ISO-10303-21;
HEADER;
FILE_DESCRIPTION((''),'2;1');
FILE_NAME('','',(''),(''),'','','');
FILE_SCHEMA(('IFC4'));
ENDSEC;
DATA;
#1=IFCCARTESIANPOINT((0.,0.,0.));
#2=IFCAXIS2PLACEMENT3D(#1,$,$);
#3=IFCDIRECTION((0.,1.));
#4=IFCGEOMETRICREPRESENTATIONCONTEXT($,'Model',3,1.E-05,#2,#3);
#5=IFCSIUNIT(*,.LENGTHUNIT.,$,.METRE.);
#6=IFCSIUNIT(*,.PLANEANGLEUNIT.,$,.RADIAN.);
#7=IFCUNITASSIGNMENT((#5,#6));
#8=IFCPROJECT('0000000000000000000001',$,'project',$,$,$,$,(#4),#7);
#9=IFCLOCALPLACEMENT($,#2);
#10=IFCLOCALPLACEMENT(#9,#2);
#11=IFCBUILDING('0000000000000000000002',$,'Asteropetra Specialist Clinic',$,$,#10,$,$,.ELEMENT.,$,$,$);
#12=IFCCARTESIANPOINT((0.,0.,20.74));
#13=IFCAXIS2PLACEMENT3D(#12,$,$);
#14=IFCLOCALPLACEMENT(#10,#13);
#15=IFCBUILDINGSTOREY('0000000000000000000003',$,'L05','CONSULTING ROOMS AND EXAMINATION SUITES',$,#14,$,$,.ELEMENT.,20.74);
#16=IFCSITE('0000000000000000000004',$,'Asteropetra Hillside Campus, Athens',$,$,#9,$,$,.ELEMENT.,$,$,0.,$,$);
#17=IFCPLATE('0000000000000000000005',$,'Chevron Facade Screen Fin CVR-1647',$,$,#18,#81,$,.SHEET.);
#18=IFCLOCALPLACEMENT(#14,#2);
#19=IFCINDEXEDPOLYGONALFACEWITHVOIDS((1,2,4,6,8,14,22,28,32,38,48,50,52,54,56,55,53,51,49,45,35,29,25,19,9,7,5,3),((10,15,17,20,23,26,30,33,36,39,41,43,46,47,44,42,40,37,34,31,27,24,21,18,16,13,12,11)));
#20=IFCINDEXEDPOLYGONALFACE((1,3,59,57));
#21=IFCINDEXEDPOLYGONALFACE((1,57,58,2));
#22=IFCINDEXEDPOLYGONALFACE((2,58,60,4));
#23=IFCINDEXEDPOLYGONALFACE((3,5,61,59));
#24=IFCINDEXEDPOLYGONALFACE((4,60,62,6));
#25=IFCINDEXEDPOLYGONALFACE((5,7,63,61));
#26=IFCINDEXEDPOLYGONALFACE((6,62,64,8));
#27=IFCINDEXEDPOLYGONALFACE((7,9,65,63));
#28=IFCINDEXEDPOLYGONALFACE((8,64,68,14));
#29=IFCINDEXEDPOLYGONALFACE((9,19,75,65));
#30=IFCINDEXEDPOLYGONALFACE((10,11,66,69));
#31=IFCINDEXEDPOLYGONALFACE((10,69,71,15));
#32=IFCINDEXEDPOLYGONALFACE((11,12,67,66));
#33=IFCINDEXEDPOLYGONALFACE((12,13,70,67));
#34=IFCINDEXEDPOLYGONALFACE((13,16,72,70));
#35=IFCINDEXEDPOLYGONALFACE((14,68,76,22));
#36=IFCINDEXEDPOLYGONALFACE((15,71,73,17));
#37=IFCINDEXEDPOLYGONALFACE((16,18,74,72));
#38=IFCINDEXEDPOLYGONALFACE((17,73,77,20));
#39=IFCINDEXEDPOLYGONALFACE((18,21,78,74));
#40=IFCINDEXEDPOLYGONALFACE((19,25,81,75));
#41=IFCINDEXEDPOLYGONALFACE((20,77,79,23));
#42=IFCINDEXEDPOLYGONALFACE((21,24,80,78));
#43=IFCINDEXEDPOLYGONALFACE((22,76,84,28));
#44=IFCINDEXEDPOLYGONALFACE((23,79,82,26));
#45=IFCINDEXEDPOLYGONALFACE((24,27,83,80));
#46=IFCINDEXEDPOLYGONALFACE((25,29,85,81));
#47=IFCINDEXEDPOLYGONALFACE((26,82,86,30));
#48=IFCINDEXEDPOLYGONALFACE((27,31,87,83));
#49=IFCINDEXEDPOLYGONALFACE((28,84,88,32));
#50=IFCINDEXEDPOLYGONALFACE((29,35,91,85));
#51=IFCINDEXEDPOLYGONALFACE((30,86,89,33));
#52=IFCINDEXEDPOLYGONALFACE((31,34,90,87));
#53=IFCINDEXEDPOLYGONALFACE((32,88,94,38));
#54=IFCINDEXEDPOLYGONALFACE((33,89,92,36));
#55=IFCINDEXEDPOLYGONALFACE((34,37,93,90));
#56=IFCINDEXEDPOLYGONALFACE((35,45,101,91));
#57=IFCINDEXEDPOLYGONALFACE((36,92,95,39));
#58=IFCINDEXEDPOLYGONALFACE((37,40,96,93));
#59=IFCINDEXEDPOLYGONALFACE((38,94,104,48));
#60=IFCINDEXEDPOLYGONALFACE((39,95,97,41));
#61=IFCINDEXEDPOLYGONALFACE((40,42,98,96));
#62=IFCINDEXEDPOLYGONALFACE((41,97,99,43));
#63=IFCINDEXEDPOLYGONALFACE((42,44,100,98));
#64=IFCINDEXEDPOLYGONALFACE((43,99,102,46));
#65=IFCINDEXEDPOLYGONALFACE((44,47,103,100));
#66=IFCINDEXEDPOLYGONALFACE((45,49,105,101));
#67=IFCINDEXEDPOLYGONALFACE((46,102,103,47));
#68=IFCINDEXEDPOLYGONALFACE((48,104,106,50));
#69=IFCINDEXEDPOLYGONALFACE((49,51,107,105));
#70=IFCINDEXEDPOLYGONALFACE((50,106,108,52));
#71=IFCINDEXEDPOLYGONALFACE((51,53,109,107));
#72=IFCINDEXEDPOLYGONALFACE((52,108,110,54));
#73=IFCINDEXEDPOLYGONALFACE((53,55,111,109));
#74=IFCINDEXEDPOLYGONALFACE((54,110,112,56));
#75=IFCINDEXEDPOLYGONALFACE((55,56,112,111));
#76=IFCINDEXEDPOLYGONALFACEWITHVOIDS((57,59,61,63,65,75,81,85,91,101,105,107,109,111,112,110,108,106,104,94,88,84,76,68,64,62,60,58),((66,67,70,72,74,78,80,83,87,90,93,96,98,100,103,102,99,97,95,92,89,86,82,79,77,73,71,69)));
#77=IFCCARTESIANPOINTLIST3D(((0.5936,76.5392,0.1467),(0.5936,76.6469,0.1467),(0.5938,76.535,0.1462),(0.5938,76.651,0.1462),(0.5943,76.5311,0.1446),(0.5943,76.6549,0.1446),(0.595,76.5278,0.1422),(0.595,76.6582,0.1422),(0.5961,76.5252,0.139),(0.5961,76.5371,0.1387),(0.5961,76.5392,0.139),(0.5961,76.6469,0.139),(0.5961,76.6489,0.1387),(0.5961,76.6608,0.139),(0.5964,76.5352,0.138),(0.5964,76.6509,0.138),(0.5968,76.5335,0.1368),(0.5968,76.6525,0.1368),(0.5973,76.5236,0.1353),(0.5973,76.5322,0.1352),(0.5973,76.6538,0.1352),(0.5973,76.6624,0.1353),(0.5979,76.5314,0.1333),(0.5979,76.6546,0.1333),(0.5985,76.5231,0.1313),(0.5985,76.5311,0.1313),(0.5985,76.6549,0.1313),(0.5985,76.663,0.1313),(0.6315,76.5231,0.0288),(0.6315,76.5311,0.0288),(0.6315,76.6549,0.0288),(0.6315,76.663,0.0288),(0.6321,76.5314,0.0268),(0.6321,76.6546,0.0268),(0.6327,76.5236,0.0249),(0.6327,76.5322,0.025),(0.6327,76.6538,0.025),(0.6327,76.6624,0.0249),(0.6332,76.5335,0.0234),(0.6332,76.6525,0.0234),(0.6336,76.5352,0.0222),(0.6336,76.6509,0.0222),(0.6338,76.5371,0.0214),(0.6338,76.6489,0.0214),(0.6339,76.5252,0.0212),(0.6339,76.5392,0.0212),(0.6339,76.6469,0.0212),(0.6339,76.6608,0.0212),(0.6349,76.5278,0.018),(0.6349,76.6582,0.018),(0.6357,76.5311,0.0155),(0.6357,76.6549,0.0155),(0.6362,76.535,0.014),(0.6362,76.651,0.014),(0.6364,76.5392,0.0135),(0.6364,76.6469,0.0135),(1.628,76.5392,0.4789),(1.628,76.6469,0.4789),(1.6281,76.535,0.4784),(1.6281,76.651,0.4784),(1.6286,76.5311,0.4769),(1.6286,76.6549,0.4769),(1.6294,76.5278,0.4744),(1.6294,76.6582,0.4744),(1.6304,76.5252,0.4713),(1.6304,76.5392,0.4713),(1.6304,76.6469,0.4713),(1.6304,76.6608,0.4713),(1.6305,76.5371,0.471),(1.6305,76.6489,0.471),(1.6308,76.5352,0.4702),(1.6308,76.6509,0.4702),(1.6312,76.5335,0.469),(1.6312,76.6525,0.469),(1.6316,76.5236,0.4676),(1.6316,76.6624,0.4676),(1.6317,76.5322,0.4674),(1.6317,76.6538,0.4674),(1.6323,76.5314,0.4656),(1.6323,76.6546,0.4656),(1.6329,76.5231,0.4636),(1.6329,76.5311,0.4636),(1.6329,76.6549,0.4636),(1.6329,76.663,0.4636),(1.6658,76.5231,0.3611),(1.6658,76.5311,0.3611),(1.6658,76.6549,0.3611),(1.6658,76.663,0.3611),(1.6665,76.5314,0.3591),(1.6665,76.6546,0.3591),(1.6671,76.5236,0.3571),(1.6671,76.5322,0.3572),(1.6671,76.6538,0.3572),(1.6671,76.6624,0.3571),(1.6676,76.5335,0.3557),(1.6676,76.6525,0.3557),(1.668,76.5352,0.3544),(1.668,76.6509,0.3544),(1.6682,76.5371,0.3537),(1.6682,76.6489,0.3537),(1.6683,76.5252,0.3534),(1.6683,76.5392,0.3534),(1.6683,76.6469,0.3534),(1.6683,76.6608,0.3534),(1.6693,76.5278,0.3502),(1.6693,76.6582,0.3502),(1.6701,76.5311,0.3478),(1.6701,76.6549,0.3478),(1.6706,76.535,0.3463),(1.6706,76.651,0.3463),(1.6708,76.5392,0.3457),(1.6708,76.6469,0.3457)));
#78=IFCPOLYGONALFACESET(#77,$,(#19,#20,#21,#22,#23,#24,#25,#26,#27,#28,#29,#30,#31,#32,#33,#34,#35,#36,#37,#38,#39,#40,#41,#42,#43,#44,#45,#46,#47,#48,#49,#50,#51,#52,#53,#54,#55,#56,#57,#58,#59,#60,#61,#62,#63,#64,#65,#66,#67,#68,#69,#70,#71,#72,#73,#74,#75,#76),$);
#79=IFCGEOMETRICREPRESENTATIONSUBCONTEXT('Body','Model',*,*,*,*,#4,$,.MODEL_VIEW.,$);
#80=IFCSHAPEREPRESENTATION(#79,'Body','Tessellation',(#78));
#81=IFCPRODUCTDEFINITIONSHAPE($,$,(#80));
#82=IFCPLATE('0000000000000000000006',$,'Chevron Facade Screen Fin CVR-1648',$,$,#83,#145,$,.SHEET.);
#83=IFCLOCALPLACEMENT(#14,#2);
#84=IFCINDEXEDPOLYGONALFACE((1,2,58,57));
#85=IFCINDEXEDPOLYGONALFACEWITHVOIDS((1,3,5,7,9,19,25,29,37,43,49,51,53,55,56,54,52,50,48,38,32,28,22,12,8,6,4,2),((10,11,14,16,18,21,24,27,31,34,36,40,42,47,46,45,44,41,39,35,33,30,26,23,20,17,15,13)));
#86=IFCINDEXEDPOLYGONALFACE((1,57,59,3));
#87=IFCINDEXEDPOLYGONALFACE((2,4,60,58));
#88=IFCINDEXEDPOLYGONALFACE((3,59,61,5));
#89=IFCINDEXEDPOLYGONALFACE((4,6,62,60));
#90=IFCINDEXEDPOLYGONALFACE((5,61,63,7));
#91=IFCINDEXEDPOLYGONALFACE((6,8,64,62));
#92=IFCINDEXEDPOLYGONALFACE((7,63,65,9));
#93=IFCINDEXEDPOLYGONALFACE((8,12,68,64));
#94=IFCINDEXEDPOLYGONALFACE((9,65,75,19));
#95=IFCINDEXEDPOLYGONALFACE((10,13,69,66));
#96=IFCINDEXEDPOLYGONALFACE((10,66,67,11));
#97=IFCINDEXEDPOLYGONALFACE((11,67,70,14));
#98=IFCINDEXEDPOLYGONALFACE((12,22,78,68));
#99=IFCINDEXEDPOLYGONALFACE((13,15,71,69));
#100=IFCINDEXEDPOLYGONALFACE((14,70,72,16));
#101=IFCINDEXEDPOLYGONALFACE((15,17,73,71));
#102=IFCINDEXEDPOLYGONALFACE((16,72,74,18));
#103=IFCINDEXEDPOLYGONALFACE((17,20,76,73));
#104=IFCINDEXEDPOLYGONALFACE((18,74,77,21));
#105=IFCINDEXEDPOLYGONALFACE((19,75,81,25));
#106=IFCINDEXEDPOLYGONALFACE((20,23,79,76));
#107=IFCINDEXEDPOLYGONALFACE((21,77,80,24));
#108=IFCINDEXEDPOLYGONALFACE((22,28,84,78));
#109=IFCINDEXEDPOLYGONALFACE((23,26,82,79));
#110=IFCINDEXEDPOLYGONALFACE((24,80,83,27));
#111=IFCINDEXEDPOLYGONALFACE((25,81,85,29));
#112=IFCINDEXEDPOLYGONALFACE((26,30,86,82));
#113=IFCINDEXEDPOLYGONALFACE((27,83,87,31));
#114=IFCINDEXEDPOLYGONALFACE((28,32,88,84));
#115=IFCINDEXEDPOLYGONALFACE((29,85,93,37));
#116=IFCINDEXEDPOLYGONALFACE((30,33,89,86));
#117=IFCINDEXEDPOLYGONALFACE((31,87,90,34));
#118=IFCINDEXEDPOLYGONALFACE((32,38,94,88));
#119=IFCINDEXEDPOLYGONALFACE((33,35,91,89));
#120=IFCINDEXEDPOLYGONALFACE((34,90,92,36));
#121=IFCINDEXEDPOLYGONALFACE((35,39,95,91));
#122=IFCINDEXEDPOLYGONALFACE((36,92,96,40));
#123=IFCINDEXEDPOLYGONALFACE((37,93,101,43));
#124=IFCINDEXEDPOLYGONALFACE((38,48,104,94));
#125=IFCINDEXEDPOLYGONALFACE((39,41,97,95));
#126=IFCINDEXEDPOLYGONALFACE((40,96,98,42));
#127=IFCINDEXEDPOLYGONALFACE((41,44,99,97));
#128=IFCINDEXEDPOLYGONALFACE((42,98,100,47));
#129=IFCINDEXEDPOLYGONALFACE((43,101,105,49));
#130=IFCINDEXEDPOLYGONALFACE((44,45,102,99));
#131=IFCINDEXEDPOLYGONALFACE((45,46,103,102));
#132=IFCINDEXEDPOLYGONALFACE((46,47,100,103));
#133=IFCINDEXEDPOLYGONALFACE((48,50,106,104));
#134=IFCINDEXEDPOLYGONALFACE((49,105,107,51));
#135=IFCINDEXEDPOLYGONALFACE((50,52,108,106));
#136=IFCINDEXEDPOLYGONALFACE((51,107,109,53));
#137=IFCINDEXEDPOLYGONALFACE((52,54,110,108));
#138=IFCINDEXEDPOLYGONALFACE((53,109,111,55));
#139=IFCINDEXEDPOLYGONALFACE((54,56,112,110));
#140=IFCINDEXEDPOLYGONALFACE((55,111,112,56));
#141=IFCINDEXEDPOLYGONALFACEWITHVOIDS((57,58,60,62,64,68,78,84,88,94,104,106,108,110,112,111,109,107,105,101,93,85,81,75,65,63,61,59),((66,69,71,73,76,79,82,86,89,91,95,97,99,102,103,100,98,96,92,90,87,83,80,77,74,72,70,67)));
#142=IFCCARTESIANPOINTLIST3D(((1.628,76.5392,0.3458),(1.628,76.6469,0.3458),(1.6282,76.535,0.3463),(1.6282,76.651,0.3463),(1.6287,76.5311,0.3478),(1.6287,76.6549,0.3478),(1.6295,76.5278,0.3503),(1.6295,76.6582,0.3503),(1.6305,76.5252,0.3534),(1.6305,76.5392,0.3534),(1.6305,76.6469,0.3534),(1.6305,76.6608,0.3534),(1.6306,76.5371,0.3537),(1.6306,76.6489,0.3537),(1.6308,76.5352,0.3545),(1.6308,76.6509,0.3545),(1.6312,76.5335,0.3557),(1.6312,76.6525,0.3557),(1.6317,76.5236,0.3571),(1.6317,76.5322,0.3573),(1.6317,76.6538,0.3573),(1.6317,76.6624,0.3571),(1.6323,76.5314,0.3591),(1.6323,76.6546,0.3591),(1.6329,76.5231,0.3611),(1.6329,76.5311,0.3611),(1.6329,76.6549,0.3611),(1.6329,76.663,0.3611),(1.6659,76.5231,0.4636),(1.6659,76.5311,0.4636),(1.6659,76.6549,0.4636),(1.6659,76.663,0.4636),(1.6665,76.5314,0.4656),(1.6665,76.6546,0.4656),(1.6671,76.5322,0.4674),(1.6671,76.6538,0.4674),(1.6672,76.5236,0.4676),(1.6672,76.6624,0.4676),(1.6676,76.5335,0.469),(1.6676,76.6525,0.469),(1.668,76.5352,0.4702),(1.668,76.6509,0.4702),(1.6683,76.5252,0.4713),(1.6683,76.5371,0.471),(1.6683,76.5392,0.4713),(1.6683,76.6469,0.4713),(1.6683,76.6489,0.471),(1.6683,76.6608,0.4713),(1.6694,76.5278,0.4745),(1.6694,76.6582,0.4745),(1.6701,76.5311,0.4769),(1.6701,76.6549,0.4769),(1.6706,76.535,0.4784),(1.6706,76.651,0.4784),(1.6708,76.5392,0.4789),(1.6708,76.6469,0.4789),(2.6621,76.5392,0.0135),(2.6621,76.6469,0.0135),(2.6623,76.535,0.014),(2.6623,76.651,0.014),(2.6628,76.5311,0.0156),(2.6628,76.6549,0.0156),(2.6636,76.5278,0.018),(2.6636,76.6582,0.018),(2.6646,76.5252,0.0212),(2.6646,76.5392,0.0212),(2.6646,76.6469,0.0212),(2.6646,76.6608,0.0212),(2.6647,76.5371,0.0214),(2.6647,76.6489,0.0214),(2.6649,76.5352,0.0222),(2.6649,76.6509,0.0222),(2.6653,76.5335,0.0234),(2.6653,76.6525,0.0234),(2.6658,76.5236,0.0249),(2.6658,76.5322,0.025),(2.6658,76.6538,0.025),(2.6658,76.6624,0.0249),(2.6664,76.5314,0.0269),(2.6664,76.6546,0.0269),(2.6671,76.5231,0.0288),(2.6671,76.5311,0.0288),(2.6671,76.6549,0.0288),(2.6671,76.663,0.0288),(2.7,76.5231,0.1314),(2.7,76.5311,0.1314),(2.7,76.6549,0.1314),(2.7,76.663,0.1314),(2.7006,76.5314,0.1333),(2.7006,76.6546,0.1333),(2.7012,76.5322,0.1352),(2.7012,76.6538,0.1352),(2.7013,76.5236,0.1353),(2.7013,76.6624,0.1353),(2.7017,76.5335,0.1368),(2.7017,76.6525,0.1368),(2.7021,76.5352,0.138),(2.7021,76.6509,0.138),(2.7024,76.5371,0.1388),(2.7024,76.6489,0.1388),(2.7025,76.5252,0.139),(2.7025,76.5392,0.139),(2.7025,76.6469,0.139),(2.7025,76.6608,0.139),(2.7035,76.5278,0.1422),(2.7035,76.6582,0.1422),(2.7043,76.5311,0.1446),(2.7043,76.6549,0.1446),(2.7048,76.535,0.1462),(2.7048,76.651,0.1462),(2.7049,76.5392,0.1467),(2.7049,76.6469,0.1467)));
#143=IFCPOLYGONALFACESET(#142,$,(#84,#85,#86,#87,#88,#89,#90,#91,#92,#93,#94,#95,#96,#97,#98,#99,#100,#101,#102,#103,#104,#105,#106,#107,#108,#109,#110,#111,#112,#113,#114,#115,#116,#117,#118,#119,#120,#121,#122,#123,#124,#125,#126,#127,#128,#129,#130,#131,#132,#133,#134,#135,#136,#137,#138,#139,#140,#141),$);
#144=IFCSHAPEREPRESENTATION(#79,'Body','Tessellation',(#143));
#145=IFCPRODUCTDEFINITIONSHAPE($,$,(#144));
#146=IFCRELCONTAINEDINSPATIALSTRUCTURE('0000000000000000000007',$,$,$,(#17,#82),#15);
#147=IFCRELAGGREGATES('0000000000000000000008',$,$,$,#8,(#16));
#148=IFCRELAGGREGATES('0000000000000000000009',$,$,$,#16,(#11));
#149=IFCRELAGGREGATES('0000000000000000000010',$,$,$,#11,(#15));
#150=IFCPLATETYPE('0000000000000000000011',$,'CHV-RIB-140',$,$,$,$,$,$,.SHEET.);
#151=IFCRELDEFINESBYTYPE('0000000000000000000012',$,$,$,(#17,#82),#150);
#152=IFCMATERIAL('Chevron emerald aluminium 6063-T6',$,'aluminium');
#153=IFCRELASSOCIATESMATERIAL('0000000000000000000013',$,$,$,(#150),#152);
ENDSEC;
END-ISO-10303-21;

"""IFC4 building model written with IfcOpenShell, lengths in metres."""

from ifc_helpers import new_model, si_unit, direction, frame, origin, origin_2d, place, context, subcontext, project, spatial, hollow_rectangle, extrude, material, material_profile, profile_set, type_object, element, save


model = new_model("IFC4")

# Units and contexts
model_context = context("Model", 3, precision=1e-05, world=origin(), true_north=direction((0.0, 1.0)))
body_context = subcontext(model_context, "Body", "Model", "MODEL_VIEW")
ifc_project = project(units=[si_unit("LENGTHUNIT", "METRE"), si_unit("PLANEANGLEUNIT", "RADIAN")], contexts=[model_context])

# Site, building, storey
site_placement = place(None, origin())
site = spatial("IfcSite", under=ifc_project, at=site_placement, Name="Asteropetra Hillside Campus, Athens", CompositionType="ELEMENT", RefElevation=0.0)
building_placement = place(site_placement, origin())
building = spatial("IfcBuilding", under=site, at=building_placement, Name="Asteropetra Specialist Clinic", CompositionType="ELEMENT")
storey_placement = place(building_placement, frame((0.0, 0.0, 20.74)))
storey = spatial("IfcBuildingStorey", under=building, at=storey_placement, Name="L05", Description="CONSULTING ROOMS AND EXAMINATION SUITES", CompositionType="ELEMENT", Elevation=20.74)

# Plates
ifc_material_1 = material(Name="Chevron emerald aluminium 6063-T6", Category="aluminium")
ifc_material_profile = material_profile(ifc_material_1, hollow_rectangle(XDim=0.1399, YDim=0.1399, WallThickness=0.0081, InnerFilletRadius=0.0081, OuterFilletRadius=0.0161, at=origin_2d()), Name="SHS 140x140x8.0")
ifc_profile_set = profile_set([ifc_material_profile], Name="Chevron emerald aluminium 6063-T6")
plate_type = type_object("IfcPlateType", Name="CHV-RIB-140", PredefinedType="SHEET", material=ifc_profile_set)
plate_1_placement = place(storey_placement, frame((0.615, 76.593, 0.0801), z_axis=(0.952087, 0.0, 0.305827), x_axis=(0.0, 1.0, 0.0)))
element("IfcPlate", 1, at=plate_1_placement, inside=storey, type_object=plate_type, Name="Chevron Facade Screen Fin CVR-1647", PredefinedType="SHEET", context=body_context, shape_type="SweptSolid", body=[
    extrude(hollow_rectangle(XDim=0.1399, YDim=0.1399, WallThickness=0.0081, InnerFilletRadius=0.0081, OuterFilletRadius=0.0161, at=origin_2d()), origin(), (0.0, 0.0, 1.0), 1.0864),
])
plate_2_placement = place(storey_placement, frame((1.6494, 76.593, 0.4124), z_axis=(0.952066, 0.0, -0.305893), x_axis=(0.0, 1.0, 0.0)))
element("IfcPlate", 2, at=plate_2_placement, inside=storey, type_object=plate_type, Name="Chevron Facade Screen Fin CVR-1648", PredefinedType="SHEET", context=body_context, shape_type="SweptSolid", body=[
    extrude(hollow_rectangle(XDim=0.1399, YDim=0.1399, WallThickness=0.0081, InnerFilletRadius=0.0081, OuterFilletRadius=0.0161, at=origin_2d()), origin(), (0.0, 0.0, 1.0), 1.0862),
])

save(model, "model.ifc")
